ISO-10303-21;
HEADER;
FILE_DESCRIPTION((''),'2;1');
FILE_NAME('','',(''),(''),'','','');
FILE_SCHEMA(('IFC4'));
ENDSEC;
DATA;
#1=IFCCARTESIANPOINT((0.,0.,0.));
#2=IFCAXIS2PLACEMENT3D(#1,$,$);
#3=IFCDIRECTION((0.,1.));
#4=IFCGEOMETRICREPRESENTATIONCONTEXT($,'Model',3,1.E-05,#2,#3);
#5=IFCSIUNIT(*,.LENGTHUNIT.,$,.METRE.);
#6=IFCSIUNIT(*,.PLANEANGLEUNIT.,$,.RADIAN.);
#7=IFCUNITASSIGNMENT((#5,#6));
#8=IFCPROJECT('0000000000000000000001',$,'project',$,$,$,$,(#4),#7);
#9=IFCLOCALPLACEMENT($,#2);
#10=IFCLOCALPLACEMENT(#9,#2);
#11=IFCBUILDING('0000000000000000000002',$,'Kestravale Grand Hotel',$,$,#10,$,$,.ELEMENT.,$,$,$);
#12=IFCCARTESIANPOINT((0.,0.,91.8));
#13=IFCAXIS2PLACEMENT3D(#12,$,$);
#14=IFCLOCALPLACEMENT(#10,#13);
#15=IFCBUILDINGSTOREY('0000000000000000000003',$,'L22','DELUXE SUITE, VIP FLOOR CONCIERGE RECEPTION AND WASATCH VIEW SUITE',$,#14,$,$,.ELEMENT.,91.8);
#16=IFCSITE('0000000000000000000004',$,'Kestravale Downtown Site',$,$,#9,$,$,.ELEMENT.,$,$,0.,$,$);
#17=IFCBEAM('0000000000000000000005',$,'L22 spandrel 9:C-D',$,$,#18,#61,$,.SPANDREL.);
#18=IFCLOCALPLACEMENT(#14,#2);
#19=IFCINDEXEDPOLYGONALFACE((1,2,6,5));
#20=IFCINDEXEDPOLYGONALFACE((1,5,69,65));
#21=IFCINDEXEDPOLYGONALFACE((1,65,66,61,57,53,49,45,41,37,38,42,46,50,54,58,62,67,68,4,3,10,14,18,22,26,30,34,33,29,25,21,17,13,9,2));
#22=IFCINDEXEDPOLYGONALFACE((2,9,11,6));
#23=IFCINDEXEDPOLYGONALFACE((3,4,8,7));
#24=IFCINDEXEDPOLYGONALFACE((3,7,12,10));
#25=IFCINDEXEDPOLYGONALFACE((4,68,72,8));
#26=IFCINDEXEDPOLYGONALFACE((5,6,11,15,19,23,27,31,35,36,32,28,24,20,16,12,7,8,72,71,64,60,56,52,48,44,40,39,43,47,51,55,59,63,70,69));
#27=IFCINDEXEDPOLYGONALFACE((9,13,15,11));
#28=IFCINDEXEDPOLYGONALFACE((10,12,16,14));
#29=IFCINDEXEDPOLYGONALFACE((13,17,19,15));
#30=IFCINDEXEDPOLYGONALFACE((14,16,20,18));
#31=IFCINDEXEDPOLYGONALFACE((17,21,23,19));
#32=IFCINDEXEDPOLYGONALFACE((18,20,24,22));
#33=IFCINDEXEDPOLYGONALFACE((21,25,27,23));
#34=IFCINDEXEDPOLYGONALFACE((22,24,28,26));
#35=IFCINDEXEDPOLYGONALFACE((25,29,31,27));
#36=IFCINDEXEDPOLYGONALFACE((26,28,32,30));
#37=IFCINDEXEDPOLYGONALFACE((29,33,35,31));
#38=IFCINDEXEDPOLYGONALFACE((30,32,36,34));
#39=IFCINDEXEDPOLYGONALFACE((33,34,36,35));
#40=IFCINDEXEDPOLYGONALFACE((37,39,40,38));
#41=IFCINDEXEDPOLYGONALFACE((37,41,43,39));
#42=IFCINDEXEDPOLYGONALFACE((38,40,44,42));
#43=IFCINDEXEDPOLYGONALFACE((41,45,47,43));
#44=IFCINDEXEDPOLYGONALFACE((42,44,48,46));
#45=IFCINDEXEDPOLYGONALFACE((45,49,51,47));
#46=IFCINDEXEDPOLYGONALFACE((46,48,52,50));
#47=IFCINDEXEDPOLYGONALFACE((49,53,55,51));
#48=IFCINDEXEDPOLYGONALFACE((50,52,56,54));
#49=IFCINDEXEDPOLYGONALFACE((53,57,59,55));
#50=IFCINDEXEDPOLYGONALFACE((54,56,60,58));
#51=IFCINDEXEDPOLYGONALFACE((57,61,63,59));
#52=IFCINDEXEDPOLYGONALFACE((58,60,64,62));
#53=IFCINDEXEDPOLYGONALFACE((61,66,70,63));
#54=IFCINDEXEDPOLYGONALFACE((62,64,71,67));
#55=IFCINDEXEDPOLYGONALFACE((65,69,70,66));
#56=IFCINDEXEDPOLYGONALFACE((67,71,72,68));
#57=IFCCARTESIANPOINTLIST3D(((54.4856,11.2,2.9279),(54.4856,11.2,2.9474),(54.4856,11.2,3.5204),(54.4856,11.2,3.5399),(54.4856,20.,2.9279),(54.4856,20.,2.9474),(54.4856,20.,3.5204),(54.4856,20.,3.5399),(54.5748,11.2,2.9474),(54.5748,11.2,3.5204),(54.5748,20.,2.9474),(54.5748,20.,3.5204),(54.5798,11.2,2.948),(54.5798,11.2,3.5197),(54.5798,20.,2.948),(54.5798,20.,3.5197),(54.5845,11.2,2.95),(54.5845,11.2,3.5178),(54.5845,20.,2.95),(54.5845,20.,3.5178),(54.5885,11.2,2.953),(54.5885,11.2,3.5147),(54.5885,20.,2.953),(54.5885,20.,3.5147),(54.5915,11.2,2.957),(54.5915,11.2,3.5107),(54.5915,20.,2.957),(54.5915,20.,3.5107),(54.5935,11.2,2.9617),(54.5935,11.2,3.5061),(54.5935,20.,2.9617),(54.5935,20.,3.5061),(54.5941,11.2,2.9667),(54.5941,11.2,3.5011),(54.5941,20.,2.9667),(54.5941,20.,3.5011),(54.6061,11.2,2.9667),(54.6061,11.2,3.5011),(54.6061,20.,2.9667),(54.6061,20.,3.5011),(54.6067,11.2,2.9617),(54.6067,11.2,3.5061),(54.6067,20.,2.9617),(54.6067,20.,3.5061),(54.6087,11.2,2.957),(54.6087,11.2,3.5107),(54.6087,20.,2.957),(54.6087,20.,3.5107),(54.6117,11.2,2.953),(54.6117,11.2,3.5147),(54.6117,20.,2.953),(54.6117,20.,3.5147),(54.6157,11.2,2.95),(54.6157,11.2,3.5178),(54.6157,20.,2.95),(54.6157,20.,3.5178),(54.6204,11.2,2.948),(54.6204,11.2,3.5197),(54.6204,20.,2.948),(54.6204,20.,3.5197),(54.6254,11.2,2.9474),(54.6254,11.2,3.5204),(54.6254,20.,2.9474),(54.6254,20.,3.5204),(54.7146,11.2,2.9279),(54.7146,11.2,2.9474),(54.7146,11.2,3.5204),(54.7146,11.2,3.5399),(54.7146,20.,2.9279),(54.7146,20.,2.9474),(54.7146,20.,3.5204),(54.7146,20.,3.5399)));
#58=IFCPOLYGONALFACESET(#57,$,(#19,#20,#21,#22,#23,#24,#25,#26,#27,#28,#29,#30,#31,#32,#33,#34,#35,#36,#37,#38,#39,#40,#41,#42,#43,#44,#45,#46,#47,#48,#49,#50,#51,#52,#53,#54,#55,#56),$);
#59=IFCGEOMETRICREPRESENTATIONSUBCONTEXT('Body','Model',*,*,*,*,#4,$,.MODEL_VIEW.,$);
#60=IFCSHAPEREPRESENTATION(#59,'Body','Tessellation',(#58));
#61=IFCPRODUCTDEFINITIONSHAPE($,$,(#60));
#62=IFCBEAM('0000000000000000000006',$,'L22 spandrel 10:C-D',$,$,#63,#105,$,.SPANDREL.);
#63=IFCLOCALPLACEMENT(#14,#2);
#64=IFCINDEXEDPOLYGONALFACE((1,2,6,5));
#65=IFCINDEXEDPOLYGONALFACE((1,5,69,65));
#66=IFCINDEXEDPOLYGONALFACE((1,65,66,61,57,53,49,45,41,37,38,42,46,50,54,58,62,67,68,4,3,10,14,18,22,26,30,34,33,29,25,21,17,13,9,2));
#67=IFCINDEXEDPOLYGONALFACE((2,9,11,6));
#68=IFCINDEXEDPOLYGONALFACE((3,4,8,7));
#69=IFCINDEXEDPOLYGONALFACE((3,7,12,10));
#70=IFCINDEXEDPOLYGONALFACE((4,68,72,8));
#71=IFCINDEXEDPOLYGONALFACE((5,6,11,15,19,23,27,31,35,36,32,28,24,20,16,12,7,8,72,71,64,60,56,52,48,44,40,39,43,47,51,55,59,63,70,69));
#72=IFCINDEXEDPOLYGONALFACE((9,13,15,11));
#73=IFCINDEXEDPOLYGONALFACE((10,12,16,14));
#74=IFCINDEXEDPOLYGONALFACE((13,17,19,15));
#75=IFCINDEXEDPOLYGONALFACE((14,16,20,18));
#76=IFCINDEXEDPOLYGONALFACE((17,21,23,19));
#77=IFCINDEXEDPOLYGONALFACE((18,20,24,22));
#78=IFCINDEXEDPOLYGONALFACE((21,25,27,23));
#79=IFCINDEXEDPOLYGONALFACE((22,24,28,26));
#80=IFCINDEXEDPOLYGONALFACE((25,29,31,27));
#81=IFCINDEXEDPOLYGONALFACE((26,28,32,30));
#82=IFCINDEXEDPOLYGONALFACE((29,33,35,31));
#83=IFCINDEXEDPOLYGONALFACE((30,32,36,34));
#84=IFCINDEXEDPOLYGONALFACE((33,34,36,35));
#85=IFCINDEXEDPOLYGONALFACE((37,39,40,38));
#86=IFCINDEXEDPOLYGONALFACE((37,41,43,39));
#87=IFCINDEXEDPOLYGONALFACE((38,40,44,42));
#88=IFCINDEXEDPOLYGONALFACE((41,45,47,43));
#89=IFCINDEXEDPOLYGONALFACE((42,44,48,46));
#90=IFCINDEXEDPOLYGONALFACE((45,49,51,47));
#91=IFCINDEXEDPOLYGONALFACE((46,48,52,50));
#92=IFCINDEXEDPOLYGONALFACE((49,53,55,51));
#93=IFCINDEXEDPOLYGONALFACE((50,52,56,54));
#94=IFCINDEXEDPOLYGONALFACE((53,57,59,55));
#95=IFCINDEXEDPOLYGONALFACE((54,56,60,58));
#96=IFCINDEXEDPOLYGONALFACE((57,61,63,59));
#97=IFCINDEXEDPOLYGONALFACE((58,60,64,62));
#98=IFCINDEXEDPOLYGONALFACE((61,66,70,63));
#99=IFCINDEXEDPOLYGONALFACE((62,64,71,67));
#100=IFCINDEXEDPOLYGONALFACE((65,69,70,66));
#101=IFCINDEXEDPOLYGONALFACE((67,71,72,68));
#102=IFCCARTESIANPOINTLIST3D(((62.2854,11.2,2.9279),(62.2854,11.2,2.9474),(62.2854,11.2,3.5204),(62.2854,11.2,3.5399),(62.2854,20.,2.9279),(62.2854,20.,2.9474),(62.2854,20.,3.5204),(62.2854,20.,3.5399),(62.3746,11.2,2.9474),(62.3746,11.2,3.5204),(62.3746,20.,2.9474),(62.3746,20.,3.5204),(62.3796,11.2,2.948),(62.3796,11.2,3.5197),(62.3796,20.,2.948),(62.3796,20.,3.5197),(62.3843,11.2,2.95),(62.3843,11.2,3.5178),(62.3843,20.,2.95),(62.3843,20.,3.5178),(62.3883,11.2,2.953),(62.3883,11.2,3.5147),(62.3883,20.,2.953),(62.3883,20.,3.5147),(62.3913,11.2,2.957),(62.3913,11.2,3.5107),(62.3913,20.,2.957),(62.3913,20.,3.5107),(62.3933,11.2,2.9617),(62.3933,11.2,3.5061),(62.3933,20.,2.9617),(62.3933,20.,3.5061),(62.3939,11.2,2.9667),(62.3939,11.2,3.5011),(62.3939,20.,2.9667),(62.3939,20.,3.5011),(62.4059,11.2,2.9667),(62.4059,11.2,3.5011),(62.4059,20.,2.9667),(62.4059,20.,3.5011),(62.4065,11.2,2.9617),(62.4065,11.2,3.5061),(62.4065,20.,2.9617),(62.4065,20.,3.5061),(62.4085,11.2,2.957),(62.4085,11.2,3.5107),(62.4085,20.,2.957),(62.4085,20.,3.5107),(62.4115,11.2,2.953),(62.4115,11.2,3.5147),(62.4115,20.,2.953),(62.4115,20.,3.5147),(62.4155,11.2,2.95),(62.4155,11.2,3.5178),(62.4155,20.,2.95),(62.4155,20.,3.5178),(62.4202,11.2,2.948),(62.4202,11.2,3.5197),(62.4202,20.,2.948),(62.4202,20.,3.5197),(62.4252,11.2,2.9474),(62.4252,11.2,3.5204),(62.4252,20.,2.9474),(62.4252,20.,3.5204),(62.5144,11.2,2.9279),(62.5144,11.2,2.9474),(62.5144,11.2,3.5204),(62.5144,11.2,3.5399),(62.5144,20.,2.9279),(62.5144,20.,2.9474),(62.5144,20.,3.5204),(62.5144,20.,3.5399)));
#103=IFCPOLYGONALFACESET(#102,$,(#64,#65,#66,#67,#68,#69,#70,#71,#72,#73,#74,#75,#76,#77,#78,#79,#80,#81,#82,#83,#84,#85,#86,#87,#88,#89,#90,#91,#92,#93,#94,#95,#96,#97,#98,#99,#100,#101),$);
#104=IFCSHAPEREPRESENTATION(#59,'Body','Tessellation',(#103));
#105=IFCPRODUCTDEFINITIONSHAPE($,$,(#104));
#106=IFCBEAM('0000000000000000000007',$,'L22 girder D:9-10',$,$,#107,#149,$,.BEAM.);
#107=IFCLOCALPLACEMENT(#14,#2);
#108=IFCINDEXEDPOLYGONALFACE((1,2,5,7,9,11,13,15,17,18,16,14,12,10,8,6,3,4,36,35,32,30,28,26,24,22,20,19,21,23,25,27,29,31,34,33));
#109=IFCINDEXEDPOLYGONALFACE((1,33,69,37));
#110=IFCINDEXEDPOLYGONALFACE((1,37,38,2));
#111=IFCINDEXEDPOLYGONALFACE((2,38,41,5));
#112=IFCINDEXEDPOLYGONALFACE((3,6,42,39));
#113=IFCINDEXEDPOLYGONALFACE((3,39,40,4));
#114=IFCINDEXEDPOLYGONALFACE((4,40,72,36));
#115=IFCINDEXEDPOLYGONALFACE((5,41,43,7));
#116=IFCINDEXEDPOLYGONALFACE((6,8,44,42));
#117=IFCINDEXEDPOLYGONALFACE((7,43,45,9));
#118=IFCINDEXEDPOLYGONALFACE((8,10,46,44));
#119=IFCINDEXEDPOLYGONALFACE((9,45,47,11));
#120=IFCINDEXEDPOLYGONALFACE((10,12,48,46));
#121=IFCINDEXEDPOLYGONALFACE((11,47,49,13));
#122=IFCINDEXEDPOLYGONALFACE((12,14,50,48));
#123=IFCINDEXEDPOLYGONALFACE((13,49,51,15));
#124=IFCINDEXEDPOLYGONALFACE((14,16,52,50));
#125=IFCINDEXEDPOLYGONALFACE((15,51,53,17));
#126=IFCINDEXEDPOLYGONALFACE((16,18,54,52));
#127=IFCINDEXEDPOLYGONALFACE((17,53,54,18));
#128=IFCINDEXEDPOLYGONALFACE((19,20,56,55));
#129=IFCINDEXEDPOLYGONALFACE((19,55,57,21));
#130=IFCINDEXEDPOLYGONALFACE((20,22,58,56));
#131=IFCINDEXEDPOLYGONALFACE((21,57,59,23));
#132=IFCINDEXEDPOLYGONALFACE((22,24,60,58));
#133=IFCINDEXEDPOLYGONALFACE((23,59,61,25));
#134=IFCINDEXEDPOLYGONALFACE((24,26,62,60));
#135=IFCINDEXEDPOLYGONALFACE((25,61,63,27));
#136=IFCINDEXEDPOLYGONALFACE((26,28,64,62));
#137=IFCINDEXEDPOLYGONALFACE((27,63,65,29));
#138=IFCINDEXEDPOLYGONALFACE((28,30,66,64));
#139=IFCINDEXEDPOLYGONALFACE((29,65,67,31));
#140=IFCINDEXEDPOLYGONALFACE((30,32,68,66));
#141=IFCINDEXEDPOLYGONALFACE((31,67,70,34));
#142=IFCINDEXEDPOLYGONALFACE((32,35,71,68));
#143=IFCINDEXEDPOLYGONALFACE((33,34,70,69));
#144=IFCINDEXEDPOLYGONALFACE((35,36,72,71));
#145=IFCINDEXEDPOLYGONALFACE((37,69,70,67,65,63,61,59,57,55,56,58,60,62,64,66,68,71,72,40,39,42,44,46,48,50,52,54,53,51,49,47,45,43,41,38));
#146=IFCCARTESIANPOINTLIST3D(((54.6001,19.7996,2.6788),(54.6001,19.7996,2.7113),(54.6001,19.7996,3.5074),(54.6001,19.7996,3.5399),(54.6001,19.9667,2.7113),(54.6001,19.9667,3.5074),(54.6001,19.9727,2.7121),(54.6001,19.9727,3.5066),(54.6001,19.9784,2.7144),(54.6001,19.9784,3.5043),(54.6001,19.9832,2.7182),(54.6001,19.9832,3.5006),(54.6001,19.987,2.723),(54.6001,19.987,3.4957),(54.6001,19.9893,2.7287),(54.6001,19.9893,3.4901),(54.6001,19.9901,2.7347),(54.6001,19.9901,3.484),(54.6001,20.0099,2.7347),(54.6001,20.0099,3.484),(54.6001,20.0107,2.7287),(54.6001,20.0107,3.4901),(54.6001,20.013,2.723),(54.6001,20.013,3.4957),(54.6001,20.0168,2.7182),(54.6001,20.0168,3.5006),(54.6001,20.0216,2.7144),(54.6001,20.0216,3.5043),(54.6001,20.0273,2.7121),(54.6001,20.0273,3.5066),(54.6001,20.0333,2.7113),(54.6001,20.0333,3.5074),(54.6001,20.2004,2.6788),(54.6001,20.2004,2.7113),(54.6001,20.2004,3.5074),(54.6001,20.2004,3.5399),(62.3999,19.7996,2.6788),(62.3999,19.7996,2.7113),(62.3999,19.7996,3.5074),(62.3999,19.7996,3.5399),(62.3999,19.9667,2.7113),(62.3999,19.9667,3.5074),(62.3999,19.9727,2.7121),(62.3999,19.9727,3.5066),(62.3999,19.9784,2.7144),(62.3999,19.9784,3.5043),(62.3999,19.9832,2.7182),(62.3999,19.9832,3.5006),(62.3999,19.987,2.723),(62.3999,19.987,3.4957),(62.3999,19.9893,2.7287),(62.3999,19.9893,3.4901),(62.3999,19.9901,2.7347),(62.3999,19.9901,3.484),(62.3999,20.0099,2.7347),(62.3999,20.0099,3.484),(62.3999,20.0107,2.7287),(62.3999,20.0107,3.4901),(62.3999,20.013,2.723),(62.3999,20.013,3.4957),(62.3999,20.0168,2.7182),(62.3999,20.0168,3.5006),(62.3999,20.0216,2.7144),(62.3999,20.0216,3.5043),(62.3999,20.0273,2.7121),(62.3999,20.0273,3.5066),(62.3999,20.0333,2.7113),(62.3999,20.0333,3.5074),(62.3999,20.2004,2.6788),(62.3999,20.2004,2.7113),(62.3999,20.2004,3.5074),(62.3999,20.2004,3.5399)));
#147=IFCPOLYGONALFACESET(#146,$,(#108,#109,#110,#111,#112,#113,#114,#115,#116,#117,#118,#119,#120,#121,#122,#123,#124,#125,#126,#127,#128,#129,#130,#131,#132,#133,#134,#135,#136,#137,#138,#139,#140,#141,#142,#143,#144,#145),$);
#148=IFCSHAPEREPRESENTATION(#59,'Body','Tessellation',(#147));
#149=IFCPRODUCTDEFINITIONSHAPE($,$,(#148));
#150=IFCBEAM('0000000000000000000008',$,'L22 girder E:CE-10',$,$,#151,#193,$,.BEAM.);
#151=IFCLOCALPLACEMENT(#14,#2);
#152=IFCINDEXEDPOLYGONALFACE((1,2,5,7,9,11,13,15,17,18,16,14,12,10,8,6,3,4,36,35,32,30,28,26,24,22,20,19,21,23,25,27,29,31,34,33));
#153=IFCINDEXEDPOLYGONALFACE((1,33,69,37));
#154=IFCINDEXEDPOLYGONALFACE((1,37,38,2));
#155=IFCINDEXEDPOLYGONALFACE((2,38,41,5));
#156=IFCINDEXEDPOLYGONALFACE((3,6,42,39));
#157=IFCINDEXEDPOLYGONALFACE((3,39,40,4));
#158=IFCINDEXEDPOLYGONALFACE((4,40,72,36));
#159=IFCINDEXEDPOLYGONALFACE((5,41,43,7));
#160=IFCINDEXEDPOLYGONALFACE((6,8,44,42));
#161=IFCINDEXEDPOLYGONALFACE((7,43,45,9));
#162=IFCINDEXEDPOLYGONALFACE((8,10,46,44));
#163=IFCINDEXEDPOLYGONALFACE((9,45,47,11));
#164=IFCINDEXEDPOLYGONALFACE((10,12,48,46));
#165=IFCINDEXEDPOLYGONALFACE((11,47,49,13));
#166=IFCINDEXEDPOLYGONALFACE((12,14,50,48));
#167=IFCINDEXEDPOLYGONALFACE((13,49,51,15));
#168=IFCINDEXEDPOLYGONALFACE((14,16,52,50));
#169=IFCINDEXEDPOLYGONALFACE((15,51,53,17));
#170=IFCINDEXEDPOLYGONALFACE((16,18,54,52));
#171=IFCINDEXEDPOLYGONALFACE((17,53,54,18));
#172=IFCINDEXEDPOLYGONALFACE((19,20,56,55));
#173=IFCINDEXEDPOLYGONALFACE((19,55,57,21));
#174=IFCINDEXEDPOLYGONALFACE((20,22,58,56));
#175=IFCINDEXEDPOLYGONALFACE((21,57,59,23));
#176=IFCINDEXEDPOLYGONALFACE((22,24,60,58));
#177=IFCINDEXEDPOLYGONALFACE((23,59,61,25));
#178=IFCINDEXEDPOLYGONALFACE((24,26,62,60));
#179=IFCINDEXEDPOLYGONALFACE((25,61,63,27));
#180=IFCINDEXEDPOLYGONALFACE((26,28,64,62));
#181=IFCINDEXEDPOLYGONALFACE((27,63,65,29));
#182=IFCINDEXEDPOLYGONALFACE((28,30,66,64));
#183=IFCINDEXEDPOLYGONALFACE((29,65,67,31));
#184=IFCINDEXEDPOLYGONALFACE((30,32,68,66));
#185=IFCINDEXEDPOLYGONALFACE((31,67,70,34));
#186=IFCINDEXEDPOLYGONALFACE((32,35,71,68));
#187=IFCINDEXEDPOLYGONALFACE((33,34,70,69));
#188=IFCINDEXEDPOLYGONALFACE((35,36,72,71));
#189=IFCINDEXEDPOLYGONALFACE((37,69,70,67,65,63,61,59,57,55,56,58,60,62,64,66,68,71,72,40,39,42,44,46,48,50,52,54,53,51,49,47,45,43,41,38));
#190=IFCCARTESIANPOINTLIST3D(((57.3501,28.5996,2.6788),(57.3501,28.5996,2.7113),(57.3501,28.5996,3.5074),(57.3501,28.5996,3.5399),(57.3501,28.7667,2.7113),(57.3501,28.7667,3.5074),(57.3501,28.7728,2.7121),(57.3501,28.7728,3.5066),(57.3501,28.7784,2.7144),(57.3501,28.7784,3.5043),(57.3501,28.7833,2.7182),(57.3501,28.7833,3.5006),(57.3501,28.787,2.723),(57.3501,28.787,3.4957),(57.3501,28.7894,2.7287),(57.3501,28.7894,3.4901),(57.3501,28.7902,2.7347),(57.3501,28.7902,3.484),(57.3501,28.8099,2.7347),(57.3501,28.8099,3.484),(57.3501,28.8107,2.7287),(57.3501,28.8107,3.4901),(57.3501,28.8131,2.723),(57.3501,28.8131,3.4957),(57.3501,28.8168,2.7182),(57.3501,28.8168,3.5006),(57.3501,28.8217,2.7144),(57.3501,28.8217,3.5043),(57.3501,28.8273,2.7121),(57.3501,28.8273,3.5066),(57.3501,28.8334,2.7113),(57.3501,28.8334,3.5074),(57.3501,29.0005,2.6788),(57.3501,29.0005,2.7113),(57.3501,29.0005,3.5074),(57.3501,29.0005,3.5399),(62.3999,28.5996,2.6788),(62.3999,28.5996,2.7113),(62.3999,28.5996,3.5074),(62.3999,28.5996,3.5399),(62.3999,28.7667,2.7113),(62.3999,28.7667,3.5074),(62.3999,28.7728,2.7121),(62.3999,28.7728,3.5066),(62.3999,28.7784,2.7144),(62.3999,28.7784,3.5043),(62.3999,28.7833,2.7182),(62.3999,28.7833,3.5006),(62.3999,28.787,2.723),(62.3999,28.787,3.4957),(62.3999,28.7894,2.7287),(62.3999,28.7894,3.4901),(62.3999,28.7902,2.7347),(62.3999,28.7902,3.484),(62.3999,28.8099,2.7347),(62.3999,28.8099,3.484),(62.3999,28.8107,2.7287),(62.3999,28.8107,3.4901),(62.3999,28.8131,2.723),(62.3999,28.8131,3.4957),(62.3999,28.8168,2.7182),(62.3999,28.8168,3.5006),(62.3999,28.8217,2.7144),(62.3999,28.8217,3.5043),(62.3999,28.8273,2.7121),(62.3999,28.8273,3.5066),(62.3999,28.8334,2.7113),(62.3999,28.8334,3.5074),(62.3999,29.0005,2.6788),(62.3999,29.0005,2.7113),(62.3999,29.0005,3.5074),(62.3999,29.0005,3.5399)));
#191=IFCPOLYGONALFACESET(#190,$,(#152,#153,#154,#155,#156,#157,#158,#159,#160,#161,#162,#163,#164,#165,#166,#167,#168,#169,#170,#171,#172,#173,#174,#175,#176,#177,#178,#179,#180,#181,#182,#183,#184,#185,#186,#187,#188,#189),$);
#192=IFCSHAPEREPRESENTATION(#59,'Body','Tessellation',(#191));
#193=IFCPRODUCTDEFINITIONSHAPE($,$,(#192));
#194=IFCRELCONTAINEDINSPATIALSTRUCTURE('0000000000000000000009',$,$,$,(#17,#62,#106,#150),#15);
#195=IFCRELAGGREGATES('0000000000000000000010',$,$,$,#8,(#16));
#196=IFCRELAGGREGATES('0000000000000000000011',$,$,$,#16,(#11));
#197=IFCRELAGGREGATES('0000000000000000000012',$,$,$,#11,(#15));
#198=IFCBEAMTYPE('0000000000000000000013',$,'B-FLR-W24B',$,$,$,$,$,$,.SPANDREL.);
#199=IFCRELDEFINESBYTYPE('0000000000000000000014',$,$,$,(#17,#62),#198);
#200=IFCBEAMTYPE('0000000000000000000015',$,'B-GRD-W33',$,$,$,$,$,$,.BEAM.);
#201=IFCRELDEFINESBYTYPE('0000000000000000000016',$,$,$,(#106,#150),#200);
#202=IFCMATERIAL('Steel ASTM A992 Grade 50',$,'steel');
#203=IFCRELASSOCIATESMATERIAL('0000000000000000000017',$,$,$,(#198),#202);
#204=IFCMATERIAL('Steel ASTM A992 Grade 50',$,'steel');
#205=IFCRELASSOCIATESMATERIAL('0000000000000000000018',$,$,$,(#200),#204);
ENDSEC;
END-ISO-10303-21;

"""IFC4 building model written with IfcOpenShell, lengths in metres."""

from ifc_helpers import new_model, si_unit, direction, frame, origin, origin_2d, place, context, subcontext, project, spatial, i_section, extrude, material, material_profile, profile_set, type_object, element, save


model = new_model("IFC4")

# Units and contexts
model_context = context("Model", 3, precision=1e-05, world=origin(), true_north=direction((0.0, 1.0)))
body_context = subcontext(model_context, "Body", "Model", "MODEL_VIEW")
ifc_project = project(units=[si_unit("LENGTHUNIT", "METRE"), si_unit("PLANEANGLEUNIT", "RADIAN")], contexts=[model_context])

# Site, building, storey
site_placement = place(None, origin())
site = spatial("IfcSite", under=ifc_project, at=site_placement, Name="Kestravale Downtown Site", CompositionType="ELEMENT", RefElevation=0.0)
building_placement = place(site_placement, origin())
building = spatial("IfcBuilding", under=site, at=building_placement, Name="Kestravale Grand Hotel", CompositionType="ELEMENT")
storey_placement = place(building_placement, frame((0.0, 0.0, 91.8)))
storey = spatial("IfcBuildingStorey", under=building, at=storey_placement, Name="L22", Description="DELUXE SUITE, VIP FLOOR CONCIERGE RECEPTION AND WASATCH VIEW SUITE", CompositionType="ELEMENT", Elevation=91.8)

# Beams
ifc_material_1 = material(Name="Steel ASTM A992 Grade 50", Category="steel")
ifc_material_profile_1 = material_profile(ifc_material_1, i_section(OverallWidth=0.229, OverallDepth=0.6121, WebThickness=0.012, FlangeThickness=0.0195, FilletRadius=0.0193, at=origin_2d()))
ifc_profile_set_1 = profile_set([ifc_material_profile_1], Name="Steel ASTM A992 Grade 50")
beam_type_1 = type_object("IfcBeamType", Name="B-FLR-W24B", PredefinedType="SPANDREL", material=ifc_profile_set_1)
for number, where, z_axis, x_axis, name in (
    (1, (54.6001, 11.2, 3.2339), (0.0, 1.0, 0.0), (-1.0, 0.0, 0.0), "L22 spandrel 9:C-D"),
    (2, (62.3999, 11.2, 3.2339), (0.0, 1.0, 0.0), (-1.0, 0.0, 0.0), "L22 spandrel 10:C-D"),
):
    element("IfcBeam", number, at=place(storey_placement, frame(where, z_axis=z_axis, x_axis=x_axis)), inside=storey, type_object=beam_type_1, Name=name, PredefinedType="SPANDREL", context=body_context, shape_type="SweptSolid", body=[
        extrude(i_section(OverallWidth=0.229, OverallDepth=0.6121, WebThickness=0.012, FlangeThickness=0.0195, FilletRadius=0.0193, at=origin_2d()), origin(), (0.0, 0.0, 1.0), 8.8),
    ])
ifc_material_2 = material(Name="Steel ASTM A992 Grade 50", Category="steel")
ifc_material_profile_2 = material_profile(ifc_material_2, i_section(OverallWidth=0.4009, OverallDepth=0.8611, WebThickness=0.0198, FlangeThickness=0.0325, FilletRadius=0.0234, at=origin_2d()))
ifc_profile_set_2 = profile_set([ifc_material_profile_2], Name="Steel ASTM A992 Grade 50")
beam_type_2 = type_object("IfcBeamType", Name="B-GRD-W33", PredefinedType="BEAM", material=ifc_profile_set_2)
beam_1_placement = place(storey_placement, frame((54.6001, 20.0, 3.1094), z_axis=(1.0, 0.0, 0.0), x_axis=(0.0, 1.0, 0.0)))
element("IfcBeam", 3, at=beam_1_placement, inside=storey, type_object=beam_type_2, Name="L22 girder D:9-10", PredefinedType="BEAM", context=body_context, shape_type="SweptSolid", body=[
    extrude(i_section(OverallWidth=0.4009, OverallDepth=0.8611, WebThickness=0.0198, FlangeThickness=0.0325, FilletRadius=0.0234, at=origin_2d()), origin(), (0.0, 0.0, 1.0), 7.7998),
])
beam_2_placement = place(storey_placement, frame((57.3501, 28.8, 3.1094), z_axis=(1.0, 0.0, 0.0), x_axis=(0.0, 1.0, 0.0)))
element("IfcBeam", 4, at=beam_2_placement, inside=storey, type_object=beam_type_2, Name="L22 girder E:CE-10", PredefinedType="BEAM", context=body_context, shape_type="SweptSolid", body=[
    extrude(i_section(OverallWidth=0.4009, OverallDepth=0.8611, WebThickness=0.0198, FlangeThickness=0.0325, FilletRadius=0.0234, at=origin_2d()), origin(), (0.0, 0.0, 1.0), 5.0498),
])

save(model, "model.ifc")
